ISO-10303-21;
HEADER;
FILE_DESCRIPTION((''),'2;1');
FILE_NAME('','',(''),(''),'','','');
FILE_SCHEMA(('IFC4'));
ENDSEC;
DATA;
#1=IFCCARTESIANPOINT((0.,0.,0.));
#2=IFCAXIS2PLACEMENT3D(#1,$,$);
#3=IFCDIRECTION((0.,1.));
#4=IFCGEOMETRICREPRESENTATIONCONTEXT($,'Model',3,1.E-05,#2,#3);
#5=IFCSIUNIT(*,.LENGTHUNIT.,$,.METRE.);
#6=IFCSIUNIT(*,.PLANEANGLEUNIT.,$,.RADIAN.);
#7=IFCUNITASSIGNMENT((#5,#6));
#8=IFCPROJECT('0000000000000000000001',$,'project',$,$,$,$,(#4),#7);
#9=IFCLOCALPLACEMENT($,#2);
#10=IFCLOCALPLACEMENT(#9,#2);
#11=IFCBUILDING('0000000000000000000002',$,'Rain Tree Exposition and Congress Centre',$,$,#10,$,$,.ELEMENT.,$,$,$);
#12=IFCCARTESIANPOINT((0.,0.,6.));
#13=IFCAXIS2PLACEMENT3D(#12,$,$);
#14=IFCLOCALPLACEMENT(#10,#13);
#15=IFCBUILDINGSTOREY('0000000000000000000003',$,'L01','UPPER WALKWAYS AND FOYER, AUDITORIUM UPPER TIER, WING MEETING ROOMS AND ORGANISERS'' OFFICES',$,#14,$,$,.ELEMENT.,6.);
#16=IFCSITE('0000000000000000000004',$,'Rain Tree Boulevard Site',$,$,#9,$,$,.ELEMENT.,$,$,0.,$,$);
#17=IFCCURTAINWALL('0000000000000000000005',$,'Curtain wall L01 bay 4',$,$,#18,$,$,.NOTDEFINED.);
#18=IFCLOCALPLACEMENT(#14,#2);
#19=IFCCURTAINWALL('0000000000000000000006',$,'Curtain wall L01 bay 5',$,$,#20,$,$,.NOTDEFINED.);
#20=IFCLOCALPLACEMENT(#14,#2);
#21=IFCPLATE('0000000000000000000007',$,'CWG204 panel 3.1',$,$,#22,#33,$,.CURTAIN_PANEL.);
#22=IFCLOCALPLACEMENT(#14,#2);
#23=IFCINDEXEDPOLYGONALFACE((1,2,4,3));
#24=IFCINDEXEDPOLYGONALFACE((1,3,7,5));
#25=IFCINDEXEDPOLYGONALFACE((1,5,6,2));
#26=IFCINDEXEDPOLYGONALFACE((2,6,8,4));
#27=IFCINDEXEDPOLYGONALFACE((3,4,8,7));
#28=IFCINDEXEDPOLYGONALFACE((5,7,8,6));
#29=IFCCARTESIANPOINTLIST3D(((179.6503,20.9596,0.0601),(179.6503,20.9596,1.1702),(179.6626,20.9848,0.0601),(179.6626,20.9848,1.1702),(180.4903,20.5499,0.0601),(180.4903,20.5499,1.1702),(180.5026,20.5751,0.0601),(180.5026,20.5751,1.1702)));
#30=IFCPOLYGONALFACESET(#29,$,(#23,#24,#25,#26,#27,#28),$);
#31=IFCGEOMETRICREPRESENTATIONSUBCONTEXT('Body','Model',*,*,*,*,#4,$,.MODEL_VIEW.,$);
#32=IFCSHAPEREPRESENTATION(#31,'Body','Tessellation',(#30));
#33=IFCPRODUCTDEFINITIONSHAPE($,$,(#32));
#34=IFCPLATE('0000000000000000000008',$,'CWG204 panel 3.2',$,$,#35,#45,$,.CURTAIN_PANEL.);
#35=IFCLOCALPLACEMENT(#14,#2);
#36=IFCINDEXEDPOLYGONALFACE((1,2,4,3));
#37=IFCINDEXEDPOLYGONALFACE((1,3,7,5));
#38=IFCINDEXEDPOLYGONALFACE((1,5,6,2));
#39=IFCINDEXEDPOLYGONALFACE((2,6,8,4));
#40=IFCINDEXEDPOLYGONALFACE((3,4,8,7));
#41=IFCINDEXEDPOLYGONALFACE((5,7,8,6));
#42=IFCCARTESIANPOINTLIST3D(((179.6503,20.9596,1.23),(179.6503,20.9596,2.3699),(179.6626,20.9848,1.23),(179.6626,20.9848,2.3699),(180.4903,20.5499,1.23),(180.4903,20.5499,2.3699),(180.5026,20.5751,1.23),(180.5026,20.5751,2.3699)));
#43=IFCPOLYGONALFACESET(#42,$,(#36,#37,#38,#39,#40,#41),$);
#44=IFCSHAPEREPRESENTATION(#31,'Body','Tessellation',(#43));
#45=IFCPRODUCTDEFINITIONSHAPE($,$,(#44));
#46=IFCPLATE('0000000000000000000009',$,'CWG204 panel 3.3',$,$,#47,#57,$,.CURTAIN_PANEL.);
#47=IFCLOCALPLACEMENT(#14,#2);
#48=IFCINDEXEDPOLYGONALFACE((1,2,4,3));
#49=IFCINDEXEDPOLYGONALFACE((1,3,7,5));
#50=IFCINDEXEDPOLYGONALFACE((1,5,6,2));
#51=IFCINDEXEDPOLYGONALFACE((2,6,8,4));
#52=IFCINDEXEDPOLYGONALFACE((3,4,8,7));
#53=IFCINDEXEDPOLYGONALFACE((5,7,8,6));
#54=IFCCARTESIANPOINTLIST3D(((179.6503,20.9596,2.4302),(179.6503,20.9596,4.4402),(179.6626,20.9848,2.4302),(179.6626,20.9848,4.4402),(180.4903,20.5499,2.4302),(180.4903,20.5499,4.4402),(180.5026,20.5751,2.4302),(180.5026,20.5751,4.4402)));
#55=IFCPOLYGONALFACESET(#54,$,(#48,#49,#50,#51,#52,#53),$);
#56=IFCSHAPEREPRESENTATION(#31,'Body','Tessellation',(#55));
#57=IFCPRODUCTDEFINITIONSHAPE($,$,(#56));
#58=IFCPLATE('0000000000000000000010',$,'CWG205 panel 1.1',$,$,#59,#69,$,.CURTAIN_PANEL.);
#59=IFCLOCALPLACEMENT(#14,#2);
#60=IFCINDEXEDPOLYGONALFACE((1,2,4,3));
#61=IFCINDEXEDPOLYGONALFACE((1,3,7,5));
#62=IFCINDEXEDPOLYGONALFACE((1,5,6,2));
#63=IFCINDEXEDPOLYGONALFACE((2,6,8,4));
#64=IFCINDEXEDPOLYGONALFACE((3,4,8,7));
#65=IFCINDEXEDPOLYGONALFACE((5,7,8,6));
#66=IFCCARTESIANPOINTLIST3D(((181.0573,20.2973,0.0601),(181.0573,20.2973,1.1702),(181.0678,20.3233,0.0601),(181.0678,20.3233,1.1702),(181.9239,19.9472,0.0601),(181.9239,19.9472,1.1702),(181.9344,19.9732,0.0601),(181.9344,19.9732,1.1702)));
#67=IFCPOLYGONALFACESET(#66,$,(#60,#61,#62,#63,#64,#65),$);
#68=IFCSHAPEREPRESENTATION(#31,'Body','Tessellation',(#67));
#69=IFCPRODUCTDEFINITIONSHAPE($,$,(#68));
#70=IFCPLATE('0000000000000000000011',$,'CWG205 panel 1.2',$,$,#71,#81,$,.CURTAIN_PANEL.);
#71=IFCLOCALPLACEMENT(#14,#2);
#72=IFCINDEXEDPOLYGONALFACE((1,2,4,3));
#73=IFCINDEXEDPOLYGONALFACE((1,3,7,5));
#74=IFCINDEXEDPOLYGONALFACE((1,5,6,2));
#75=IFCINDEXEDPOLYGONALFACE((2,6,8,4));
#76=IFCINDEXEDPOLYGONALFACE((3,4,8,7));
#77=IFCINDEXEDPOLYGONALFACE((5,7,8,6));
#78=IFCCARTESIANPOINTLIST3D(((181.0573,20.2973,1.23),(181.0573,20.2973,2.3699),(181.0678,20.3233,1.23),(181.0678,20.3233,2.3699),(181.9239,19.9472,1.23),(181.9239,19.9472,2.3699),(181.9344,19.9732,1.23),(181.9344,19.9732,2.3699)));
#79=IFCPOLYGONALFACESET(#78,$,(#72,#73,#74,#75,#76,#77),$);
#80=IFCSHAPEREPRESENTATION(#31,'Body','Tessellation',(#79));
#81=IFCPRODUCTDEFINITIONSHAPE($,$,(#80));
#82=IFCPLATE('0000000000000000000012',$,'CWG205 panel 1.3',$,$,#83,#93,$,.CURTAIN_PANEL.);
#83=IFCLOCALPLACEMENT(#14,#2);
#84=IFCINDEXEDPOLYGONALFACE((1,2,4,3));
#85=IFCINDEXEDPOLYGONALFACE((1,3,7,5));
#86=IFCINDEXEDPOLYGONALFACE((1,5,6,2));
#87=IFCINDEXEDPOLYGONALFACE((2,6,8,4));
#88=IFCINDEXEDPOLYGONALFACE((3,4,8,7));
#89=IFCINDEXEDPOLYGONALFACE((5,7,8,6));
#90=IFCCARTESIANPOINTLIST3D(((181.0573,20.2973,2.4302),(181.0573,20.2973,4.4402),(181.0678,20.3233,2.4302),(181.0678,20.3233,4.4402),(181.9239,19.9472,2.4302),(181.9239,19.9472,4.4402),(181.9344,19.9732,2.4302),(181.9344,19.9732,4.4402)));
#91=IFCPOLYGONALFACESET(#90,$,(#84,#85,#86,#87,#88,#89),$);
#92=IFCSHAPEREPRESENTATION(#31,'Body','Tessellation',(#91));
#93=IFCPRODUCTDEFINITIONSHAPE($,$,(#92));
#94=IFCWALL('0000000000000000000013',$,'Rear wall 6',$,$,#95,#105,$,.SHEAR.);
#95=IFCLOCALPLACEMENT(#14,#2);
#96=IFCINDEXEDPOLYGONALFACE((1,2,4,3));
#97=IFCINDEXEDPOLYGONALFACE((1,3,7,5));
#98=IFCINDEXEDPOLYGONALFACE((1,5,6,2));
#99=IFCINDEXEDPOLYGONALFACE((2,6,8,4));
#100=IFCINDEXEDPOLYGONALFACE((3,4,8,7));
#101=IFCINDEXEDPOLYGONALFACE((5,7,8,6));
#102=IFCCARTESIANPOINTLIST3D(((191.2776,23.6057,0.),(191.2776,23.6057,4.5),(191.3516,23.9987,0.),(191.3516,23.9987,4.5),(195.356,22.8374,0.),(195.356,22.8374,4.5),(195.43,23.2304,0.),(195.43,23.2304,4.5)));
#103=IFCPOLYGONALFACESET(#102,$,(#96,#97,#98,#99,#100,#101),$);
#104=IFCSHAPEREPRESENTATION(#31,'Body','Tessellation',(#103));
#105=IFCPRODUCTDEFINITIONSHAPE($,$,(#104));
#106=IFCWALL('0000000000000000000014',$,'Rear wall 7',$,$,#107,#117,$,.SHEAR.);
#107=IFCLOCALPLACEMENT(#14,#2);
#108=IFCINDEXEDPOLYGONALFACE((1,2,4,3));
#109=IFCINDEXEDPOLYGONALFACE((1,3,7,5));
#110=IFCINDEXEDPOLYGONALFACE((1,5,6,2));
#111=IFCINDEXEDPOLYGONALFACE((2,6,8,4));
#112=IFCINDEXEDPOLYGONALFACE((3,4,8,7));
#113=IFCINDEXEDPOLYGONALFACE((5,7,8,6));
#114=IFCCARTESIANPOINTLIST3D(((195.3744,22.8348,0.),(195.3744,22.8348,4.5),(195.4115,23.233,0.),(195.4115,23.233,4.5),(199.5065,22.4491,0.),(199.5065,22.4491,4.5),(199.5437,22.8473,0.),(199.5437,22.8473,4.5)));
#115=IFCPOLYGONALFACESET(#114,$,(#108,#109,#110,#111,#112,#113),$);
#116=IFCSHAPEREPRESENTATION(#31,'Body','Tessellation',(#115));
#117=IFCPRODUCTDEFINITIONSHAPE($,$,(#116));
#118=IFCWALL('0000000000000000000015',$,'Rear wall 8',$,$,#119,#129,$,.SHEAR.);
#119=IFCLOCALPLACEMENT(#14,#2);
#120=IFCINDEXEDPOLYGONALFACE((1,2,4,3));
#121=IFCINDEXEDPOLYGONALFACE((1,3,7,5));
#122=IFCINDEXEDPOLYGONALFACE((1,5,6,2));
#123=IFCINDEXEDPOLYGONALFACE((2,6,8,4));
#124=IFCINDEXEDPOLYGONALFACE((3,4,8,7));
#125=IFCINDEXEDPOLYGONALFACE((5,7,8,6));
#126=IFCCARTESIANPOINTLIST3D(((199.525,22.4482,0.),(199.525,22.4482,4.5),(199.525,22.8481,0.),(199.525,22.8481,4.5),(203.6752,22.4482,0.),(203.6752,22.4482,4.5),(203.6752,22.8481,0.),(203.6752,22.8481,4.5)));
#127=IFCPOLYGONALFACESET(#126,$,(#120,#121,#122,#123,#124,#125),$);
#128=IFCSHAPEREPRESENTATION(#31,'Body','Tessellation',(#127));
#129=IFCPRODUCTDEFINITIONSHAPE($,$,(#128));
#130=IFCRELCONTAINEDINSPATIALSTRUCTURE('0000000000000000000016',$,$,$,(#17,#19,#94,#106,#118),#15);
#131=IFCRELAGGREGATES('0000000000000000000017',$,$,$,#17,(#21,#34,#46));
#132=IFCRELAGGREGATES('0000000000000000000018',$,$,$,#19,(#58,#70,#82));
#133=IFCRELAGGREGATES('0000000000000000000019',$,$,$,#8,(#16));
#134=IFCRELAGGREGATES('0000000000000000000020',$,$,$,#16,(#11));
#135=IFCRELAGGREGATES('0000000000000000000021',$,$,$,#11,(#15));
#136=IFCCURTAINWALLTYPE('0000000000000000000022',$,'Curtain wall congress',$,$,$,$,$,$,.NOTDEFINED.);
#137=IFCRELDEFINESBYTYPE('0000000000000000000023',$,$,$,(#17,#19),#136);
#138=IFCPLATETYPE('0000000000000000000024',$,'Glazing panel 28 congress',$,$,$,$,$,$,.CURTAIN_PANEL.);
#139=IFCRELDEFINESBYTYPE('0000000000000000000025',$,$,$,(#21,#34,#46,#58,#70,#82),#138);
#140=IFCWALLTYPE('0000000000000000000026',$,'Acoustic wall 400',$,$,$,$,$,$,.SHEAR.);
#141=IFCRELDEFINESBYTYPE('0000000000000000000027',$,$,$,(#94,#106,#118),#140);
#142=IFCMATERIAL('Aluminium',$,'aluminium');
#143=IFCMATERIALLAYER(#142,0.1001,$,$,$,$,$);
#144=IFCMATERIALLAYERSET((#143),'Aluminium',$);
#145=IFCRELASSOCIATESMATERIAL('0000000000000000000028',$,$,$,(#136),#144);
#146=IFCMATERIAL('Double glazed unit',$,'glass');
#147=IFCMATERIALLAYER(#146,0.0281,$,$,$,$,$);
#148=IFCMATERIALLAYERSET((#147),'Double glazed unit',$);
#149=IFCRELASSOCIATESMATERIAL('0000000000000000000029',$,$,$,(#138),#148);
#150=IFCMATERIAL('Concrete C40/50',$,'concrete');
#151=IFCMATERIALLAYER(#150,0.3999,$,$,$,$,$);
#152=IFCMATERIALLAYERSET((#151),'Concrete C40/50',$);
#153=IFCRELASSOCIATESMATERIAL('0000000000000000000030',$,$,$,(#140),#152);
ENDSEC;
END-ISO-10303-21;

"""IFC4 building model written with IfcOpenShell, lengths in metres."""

from ifc_helpers import new_model, si_unit, direction, frame, frame_2d, origin, origin_2d, place, context, subcontext, project, spatial, rectangle, extrude, material, layer, layer_set, type_object, element, aggregate, save


model = new_model("IFC4")

# Units and contexts
model_context = context("Model", 3, precision=1e-05, world=origin(), true_north=direction((0.0, 1.0)))
body_context = subcontext(model_context, "Body", "Model", "MODEL_VIEW")
ifc_project = project(units=[si_unit("LENGTHUNIT", "METRE"), si_unit("PLANEANGLEUNIT", "RADIAN")], contexts=[model_context])

# Site, building, storey
site_placement = place(None, origin())
site = spatial("IfcSite", under=ifc_project, at=site_placement, Name="Rain Tree Boulevard Site", CompositionType="ELEMENT", RefElevation=0.0)
building_placement = place(site_placement, origin())
building = spatial("IfcBuilding", under=site, at=building_placement, Name="Rain Tree Exposition and Congress Centre", CompositionType="ELEMENT")
storey_placement = place(building_placement, frame((0.0, 0.0, 6.0)))
storey = spatial("IfcBuildingStorey", under=building, at=storey_placement, Name="L01", Description="UPPER WALKWAYS AND FOYER, AUDITORIUM UPPER TIER, WING MEETING ROOMS AND ORGANISERS' OFFICES", CompositionType="ELEMENT", Elevation=6.0)

# Curtain walls
ifc_material_1 = material(Name="Aluminium", Category="aluminium")
ifc_layer_1 = layer(ifc_material_1, 0.1001)
ifc_layer_set_1 = layer_set([ifc_layer_1], Name="Aluminium")
curtain_wall_type = type_object("IfcCurtainWallType", Name="Curtain wall congress", PredefinedType="NOTDEFINED", material=ifc_layer_set_1)
curtain_wall_1_placement = place(storey_placement, origin())
curtain_wall_1 = element("IfcCurtainWall", 1, at=curtain_wall_1_placement, inside=storey, type_object=curtain_wall_type, Name="Curtain wall L01 bay 4", PredefinedType="NOTDEFINED")
curtain_wall_2_placement = place(storey_placement, origin())
curtain_wall_2 = element("IfcCurtainWall", 2, at=curtain_wall_2_placement, inside=storey, type_object=curtain_wall_type, Name="Curtain wall L01 bay 5", PredefinedType="NOTDEFINED")

# Plates
ifc_material_2 = material(Name="Double glazed unit", Category="glass")
ifc_layer_2 = layer(ifc_material_2, 0.0281)
ifc_layer_set_2 = layer_set([ifc_layer_2], Name="Double glazed unit")
plate_type = type_object("IfcPlateType", Name="Glazing panel 28 congress", PredefinedType="CURTAIN_PANEL", material=ifc_layer_set_2)
plate_1_placement = place(storey_placement, frame((180.0764, 20.7673, 0.0601), z_axis=(0.0, 0.0, 1.0), x_axis=(0.898795, -0.438369, 0.0)))
plate_1 = element("IfcPlate", 3, at=plate_1_placement, type_object=plate_type, Name="CWG204 panel 3.1", PredefinedType="CURTAIN_PANEL", context=body_context, shape_type="SweptSolid", body=[
    extrude(rectangle(XDim=0.9346, YDim=0.0281, at=origin_2d()), origin(), (0.0, 0.0, 1.0), 1.1101),
])
plate_2_placement = place(storey_placement, frame((180.0764, 20.7673, 1.23), z_axis=(0.0, 0.0, 1.0), x_axis=(0.898795, -0.438369, 0.0)))
plate_2 = element("IfcPlate", 4, at=plate_2_placement, type_object=plate_type, Name="CWG204 panel 3.2", PredefinedType="CURTAIN_PANEL", context=body_context, shape_type="SweptSolid", body=[
    extrude(rectangle(XDim=0.9346, YDim=0.0281, at=origin_2d()), origin(), (0.0, 0.0, 1.0), 1.1399),
])
plate_3_placement = place(storey_placement, frame((180.0764, 20.7673, 2.4302), z_axis=(0.0, 0.0, 1.0), x_axis=(0.898795, -0.438369, 0.0)))
plate_3 = element("IfcPlate", 5, at=plate_3_placement, type_object=plate_type, Name="CWG204 panel 3.3", PredefinedType="CURTAIN_PANEL", context=body_context, shape_type="SweptSolid", body=[
    extrude(rectangle(XDim=0.9346, YDim=0.0281, at=origin_2d()), origin(), (0.0, 0.0, 1.0), 2.01),
])
aggregate(curtain_wall_1, [plate_1, plate_2, plate_3])
plate_4_placement = place(storey_placement, frame((181.4958, 20.1353, 0.0601), z_axis=(0.0, 0.0, 1.0), x_axis=(0.927188, -0.374597, 0.0)))
plate_4 = element("IfcPlate", 6, at=plate_4_placement, type_object=plate_type, Name="CWG205 panel 1.1", PredefinedType="CURTAIN_PANEL", context=body_context, shape_type="SweptSolid", body=[
    extrude(rectangle(XDim=0.9346, YDim=0.0281, at=origin_2d()), origin(), (0.0, 0.0, 1.0), 1.1101),
])
plate_5_placement = place(storey_placement, frame((181.4958, 20.1353, 1.23), z_axis=(0.0, 0.0, 1.0), x_axis=(0.927188, -0.374597, 0.0)))
plate_5 = element("IfcPlate", 7, at=plate_5_placement, type_object=plate_type, Name="CWG205 panel 1.2", PredefinedType="CURTAIN_PANEL", context=body_context, shape_type="SweptSolid", body=[
    extrude(rectangle(XDim=0.9346, YDim=0.0281, at=origin_2d()), origin(), (0.0, 0.0, 1.0), 1.1399),
])
plate_6_placement = place(storey_placement, frame((181.4958, 20.1353, 2.4302), z_axis=(0.0, 0.0, 1.0), x_axis=(0.927188, -0.374597, 0.0)))
plate_6 = element("IfcPlate", 8, at=plate_6_placement, type_object=plate_type, Name="CWG205 panel 1.3", PredefinedType="CURTAIN_PANEL", context=body_context, shape_type="SweptSolid", body=[
    extrude(rectangle(XDim=0.9346, YDim=0.0281, at=origin_2d()), origin(), (0.0, 0.0, 1.0), 2.01),
])
aggregate(curtain_wall_2, [plate_4, plate_5, plate_6])

# Walls
ifc_material_3 = material(Name="Concrete C40/50", Category="concrete")
ifc_layer_3 = layer(ifc_material_3, 0.3999)
ifc_layer_set_3 = layer_set([ifc_layer_3], Name="Concrete C40/50")
wall_type = type_object("IfcWallType", Name="Acoustic wall 400", PredefinedType="SHEAR", material=ifc_layer_set_3)
for number, where, z_axis, x_axis, name in (
    (9, (191.3145, 23.8022, 0.0), (0.0, 0.0, 1.0), (0.982714, -0.18513, 0.0), "Rear wall 6"),
    (10, (195.3928, 23.0339, 0.0), (0.0, 0.0, 1.0), (0.995671, -0.092949, 0.0), "Rear wall 7"),
    (11, (199.5249, 22.6482, 0.0), (0.0, 0.0, 1.0), (1.0, 0.0, 0.0), "Rear wall 8"),
):
    element("IfcWall", number, at=place(storey_placement, frame(where, z_axis=z_axis, x_axis=x_axis)), inside=storey, type_object=wall_type, Name=name, PredefinedType="SHEAR", context=body_context, shape_type="SweptSolid", body=[
        extrude(rectangle(XDim=4.1501, YDim=0.3999, at=frame_2d((2.0752, 0.0))), origin(), (0.0, 0.0, 1.0), 4.5),
    ])

save(model, "model.ifc")
